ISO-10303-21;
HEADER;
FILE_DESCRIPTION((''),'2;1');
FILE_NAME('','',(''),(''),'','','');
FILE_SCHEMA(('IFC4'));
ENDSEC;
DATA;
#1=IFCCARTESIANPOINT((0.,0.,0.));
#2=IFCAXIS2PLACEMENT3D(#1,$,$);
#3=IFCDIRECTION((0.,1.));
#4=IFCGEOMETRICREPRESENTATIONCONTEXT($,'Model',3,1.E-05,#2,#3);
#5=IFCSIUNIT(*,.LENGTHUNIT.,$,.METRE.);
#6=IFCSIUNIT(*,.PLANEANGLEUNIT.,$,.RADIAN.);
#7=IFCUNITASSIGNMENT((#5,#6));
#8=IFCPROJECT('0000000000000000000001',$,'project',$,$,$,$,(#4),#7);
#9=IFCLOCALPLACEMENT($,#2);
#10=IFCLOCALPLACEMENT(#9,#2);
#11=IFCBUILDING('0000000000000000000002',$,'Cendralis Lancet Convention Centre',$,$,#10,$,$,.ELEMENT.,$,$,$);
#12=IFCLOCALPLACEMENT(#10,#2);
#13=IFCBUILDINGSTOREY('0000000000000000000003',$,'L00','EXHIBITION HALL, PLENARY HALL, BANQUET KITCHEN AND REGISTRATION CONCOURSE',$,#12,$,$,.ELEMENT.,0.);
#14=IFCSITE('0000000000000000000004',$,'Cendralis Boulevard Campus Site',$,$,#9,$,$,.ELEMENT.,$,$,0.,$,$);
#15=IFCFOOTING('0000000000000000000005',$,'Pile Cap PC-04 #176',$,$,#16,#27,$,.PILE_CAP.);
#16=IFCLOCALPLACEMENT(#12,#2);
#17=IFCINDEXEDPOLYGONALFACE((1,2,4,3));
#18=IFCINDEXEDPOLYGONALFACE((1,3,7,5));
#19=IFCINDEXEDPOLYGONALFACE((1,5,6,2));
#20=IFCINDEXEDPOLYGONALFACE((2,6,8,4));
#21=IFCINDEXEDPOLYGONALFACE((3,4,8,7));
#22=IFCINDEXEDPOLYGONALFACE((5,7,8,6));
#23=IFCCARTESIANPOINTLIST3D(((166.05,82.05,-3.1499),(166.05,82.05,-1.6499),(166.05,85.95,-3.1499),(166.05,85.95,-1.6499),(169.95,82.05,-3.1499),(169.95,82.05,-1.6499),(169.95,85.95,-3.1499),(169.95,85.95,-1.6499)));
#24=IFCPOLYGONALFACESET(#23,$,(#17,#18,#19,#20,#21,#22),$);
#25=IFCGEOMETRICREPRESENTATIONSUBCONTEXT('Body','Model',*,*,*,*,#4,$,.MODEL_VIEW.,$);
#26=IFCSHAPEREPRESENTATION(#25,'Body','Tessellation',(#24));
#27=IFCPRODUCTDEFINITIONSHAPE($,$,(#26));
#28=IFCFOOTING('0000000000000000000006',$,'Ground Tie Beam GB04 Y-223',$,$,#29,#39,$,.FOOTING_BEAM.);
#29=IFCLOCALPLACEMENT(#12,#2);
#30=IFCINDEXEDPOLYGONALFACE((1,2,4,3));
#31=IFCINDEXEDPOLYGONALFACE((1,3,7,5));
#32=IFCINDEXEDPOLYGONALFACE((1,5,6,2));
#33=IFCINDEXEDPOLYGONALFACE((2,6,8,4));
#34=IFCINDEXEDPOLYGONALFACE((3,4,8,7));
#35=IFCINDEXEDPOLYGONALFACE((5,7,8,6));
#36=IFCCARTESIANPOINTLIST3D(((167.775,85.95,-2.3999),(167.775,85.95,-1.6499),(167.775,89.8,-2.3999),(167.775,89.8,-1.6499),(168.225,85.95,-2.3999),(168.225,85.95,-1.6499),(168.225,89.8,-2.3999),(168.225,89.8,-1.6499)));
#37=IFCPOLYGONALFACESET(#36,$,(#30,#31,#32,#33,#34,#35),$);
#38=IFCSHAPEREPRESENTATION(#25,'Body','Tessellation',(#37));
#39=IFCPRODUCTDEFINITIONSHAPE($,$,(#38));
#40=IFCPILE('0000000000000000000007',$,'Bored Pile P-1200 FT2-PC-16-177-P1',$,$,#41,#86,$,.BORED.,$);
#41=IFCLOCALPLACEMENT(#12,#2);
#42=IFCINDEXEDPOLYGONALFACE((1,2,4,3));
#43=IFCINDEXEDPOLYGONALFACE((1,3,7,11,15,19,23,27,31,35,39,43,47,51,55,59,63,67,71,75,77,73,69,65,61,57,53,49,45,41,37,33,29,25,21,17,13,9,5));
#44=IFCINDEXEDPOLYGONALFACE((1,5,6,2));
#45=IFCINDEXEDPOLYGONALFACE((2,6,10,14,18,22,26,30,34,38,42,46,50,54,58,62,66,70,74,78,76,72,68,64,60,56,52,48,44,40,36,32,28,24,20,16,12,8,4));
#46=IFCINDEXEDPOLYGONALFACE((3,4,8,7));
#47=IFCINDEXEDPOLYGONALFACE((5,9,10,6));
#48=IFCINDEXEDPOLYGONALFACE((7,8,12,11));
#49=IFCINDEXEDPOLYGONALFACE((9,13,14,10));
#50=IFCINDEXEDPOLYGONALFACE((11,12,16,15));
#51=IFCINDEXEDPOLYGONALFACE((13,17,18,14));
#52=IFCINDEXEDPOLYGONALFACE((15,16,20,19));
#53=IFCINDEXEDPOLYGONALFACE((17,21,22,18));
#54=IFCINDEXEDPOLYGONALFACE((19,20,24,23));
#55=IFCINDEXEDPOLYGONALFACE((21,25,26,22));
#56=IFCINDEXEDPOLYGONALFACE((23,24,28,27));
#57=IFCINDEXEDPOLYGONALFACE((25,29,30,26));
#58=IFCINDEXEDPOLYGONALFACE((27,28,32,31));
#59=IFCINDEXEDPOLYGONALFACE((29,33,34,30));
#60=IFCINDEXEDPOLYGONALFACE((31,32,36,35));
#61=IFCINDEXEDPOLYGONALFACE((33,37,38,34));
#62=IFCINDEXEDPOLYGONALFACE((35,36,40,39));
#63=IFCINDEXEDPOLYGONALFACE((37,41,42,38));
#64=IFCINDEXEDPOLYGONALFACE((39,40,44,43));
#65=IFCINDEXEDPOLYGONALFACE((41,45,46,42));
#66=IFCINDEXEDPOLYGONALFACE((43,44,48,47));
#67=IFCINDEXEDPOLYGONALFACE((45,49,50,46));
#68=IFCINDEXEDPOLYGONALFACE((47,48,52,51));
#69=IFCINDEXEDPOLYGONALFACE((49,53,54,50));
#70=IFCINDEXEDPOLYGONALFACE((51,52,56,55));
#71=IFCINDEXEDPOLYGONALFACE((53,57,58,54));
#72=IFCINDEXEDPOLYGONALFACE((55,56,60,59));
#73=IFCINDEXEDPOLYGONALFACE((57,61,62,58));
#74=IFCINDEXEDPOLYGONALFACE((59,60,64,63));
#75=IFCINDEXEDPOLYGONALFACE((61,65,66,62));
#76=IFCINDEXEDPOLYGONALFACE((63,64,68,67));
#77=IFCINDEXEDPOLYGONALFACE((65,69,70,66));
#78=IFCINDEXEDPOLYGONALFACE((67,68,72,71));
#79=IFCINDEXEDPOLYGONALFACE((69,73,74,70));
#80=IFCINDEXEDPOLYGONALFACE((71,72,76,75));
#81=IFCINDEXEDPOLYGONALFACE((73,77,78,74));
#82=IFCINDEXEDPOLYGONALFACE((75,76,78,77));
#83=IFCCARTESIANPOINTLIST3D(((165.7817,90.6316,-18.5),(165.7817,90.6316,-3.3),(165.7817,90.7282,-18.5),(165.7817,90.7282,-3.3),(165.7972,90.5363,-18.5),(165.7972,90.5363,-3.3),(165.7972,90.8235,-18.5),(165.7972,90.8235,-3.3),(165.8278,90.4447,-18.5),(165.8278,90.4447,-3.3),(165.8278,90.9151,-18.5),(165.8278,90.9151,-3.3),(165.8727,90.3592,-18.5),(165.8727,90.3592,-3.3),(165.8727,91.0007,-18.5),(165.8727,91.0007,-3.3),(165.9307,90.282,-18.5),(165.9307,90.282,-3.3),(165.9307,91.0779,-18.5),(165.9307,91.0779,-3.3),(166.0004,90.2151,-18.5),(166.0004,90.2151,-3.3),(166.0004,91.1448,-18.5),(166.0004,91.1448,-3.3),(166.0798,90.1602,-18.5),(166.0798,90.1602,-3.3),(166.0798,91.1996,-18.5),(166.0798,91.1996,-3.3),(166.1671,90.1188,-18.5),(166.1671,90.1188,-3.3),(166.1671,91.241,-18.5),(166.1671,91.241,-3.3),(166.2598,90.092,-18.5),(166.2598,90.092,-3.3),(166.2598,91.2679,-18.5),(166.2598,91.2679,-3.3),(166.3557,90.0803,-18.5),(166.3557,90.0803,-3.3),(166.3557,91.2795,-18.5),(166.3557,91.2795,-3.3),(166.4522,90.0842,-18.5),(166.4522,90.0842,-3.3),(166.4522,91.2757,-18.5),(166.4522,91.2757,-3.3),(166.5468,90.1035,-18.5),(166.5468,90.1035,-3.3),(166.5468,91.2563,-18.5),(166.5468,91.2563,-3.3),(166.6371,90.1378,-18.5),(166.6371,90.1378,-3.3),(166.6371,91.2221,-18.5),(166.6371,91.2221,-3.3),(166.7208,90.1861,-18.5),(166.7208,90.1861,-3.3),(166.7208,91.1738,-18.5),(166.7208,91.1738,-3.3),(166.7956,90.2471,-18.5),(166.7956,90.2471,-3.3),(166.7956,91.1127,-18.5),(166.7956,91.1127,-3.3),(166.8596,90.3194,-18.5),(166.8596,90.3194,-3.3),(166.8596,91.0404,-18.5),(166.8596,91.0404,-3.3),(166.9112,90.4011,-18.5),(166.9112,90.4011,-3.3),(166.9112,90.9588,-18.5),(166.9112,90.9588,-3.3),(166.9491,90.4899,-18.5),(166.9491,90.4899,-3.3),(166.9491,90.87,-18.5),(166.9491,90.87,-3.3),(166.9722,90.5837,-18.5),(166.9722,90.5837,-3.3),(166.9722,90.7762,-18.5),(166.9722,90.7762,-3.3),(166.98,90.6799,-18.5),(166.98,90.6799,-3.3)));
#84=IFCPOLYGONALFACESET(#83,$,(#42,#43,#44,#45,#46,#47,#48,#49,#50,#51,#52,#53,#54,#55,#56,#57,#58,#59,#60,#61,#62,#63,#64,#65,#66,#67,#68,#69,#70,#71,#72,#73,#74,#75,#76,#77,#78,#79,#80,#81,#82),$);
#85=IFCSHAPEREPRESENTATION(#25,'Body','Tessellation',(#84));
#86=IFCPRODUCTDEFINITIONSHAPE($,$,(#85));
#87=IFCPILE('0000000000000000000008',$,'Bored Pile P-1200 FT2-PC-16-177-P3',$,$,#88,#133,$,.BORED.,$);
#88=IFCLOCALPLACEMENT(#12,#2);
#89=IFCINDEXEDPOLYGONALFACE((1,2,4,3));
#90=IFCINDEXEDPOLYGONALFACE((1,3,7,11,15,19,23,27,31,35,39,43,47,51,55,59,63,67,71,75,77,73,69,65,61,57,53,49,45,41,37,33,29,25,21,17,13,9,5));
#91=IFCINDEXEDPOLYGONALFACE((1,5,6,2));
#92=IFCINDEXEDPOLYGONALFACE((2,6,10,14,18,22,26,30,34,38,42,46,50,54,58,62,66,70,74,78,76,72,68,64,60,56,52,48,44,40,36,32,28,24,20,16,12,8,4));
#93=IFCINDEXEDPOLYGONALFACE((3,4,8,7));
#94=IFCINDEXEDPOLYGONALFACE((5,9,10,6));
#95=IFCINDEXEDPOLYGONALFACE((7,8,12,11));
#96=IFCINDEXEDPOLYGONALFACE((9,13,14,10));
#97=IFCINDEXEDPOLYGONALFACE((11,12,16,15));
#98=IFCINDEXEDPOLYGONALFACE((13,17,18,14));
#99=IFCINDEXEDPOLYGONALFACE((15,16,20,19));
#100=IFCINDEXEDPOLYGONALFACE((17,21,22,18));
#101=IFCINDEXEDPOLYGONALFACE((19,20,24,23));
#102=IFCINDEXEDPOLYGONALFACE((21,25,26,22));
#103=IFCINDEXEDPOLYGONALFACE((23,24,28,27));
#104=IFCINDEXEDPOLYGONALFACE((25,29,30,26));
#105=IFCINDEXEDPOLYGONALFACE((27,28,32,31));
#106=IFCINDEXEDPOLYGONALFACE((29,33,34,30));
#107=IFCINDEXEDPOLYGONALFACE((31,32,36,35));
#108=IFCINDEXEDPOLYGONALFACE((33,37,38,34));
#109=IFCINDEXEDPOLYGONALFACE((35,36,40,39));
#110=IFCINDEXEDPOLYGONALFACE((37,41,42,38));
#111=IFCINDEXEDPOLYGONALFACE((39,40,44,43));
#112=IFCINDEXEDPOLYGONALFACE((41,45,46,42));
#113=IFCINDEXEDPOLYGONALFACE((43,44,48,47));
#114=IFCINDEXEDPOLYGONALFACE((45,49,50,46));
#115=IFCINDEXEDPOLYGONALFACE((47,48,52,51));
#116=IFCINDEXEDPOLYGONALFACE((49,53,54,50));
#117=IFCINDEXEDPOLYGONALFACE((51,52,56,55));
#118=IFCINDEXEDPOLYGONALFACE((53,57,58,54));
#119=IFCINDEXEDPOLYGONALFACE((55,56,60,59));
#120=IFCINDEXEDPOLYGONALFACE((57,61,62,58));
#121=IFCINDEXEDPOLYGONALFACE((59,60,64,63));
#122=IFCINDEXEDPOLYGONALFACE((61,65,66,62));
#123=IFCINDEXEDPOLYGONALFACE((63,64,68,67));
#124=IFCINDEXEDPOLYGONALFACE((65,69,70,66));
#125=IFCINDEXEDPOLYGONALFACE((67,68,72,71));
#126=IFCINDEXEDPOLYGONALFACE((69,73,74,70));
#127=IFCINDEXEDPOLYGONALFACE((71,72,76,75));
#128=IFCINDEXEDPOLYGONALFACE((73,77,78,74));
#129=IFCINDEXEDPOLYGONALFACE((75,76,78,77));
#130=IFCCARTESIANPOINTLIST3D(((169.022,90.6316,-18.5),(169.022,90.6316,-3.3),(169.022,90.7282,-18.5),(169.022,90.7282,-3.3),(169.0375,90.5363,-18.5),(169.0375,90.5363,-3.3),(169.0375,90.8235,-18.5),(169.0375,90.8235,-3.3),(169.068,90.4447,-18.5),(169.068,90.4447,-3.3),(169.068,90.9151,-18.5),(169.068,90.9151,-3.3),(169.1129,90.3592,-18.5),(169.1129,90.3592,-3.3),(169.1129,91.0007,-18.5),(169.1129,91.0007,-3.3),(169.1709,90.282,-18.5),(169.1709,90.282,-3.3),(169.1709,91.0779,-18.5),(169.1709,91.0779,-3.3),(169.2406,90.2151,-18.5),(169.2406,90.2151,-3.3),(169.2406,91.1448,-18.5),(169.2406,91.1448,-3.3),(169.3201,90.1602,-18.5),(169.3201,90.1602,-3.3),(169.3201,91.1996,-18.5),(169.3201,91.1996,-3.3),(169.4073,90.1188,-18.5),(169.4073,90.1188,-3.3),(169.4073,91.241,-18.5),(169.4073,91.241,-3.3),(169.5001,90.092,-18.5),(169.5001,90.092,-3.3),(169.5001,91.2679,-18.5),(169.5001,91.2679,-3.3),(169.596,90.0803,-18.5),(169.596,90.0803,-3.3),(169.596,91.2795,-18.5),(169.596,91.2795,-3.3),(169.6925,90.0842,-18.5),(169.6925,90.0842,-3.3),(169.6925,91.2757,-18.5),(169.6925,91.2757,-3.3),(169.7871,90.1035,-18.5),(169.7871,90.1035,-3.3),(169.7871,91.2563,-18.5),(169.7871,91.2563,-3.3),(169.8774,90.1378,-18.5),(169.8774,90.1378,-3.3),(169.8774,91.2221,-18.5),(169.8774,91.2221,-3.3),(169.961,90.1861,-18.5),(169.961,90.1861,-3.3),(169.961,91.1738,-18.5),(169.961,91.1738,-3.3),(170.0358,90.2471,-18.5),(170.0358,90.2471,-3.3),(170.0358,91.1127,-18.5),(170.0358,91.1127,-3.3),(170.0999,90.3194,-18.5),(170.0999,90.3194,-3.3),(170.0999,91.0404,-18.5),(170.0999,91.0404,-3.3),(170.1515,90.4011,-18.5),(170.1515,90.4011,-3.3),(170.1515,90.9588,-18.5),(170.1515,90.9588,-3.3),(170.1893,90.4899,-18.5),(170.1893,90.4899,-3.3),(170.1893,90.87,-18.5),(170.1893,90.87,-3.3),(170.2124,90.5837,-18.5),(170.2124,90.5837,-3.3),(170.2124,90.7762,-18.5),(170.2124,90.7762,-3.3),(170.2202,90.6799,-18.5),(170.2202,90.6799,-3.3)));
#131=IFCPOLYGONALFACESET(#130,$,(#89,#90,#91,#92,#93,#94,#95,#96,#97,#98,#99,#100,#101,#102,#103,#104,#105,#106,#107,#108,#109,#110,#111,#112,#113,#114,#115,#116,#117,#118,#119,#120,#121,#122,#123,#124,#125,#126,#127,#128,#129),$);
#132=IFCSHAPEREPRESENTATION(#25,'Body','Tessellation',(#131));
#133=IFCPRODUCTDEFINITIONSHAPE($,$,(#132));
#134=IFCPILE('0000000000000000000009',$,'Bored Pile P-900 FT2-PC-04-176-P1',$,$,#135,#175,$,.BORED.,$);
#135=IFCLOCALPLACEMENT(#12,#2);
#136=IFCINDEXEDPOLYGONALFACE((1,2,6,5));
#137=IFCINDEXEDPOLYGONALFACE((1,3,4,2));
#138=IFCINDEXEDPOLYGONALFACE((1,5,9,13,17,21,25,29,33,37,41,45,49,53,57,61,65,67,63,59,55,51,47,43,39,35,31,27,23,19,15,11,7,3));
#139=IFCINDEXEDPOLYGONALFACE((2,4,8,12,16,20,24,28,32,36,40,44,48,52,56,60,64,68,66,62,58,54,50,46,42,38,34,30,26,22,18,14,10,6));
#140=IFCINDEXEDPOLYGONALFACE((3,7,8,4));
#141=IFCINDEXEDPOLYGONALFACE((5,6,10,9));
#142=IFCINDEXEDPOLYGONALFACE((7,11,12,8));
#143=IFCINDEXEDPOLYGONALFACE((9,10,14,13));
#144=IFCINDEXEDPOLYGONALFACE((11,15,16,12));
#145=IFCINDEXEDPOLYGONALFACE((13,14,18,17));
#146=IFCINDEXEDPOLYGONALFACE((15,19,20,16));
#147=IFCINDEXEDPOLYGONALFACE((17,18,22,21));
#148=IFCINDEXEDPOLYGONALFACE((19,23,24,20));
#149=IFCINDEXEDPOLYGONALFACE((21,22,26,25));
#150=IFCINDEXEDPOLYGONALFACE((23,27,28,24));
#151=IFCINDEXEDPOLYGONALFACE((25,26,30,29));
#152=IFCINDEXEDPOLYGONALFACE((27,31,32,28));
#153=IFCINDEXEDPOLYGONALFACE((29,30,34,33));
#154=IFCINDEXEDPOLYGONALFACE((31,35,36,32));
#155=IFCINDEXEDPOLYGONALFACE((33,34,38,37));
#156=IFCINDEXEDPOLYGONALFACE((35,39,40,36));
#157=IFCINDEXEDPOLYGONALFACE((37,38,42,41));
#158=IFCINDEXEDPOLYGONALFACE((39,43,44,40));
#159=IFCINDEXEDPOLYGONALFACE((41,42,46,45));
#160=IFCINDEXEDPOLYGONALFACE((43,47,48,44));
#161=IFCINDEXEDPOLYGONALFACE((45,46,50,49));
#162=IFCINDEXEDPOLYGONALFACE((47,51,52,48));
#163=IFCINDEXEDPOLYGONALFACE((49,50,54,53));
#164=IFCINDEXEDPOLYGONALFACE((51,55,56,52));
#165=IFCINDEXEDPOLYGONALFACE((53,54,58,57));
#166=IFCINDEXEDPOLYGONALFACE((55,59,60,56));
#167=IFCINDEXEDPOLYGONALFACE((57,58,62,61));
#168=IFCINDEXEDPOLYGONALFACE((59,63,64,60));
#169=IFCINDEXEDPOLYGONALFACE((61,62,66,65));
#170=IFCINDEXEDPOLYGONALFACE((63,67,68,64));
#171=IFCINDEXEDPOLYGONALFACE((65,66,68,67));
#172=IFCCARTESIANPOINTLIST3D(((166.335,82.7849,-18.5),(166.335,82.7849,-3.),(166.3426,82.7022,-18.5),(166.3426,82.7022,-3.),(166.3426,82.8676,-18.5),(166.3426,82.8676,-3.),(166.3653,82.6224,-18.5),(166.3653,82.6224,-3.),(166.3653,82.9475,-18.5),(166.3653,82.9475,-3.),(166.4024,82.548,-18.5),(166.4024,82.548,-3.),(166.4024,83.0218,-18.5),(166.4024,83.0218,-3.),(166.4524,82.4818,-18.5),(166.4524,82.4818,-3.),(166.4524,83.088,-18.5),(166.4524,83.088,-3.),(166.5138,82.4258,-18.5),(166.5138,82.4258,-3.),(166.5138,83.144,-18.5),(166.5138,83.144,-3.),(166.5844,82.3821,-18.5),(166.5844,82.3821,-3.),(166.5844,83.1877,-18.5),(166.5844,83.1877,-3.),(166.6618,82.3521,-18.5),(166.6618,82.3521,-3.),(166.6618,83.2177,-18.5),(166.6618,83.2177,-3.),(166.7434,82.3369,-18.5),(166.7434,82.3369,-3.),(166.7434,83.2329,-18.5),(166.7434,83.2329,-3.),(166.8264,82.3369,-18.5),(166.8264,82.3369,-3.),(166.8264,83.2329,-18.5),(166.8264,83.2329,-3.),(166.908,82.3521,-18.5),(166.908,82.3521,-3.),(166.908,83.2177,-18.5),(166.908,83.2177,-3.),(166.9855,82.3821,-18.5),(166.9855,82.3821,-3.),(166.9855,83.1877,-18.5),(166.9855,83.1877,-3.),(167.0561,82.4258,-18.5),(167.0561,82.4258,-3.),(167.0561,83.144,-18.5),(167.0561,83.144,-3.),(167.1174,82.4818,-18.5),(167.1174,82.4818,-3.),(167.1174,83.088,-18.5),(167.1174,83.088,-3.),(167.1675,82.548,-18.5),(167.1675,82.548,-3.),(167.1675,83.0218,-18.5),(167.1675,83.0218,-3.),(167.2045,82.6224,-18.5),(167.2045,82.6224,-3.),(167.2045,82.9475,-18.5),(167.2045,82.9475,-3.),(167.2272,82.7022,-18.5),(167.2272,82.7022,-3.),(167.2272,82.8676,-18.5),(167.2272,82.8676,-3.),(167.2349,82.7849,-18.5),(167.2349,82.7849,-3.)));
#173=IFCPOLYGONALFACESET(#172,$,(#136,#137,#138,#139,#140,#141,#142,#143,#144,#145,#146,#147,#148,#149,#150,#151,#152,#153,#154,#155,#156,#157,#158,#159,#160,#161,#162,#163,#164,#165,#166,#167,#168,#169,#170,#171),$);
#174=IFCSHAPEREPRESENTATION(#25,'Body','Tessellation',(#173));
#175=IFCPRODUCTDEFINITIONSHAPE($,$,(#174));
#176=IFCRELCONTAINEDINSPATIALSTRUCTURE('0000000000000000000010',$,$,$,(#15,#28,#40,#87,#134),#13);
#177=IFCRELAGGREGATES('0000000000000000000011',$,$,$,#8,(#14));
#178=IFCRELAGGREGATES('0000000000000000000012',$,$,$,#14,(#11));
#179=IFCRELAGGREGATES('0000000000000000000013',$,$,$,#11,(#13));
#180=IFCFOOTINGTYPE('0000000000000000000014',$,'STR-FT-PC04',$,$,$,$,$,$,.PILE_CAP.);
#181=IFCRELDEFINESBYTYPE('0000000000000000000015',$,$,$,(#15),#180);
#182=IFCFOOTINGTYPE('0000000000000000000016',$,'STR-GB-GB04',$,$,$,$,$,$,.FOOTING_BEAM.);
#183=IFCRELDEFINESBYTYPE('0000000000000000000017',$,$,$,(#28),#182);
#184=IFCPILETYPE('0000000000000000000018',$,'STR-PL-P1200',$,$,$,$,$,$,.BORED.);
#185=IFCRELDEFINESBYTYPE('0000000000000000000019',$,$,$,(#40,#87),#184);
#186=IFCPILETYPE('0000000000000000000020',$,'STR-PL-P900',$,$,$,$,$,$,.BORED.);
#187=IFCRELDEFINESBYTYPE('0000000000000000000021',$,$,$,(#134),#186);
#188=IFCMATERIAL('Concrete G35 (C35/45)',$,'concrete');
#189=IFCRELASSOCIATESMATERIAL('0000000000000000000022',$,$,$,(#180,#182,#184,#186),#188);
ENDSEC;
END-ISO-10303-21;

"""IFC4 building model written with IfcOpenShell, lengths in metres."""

from ifc_helpers import new_model, si_unit, direction, frame, origin, origin_2d, place, context, subcontext, project, spatial, rectangle, circle, extrude, material, material_profile, profile_set, type_object, element, save


model = new_model("IFC4")

# Units and contexts
model_context = context("Model", 3, precision=1e-05, world=origin(), true_north=direction((0.0, 1.0)))
body_context = subcontext(model_context, "Body", "Model", "MODEL_VIEW")
ifc_project = project(units=[si_unit("LENGTHUNIT", "METRE"), si_unit("PLANEANGLEUNIT", "RADIAN")], contexts=[model_context])

# Site, building, storey
site_placement = place(None, origin())
site = spatial("IfcSite", under=ifc_project, at=site_placement, Name="Cendralis Boulevard Campus Site", CompositionType="ELEMENT", RefElevation=0.0)
building_placement = place(site_placement, origin())
building = spatial("IfcBuilding", under=site, at=building_placement, Name="Cendralis Lancet Convention Centre", CompositionType="ELEMENT")
storey_placement = place(building_placement, origin())
storey = spatial("IfcBuildingStorey", under=building, at=storey_placement, Name="L00", Description="EXHIBITION HALL, PLENARY HALL, BANQUET KITCHEN AND REGISTRATION CONCOURSE", CompositionType="ELEMENT", Elevation=0.0)

# Footings
ifc_material_1 = material(Name="Concrete G35 (C35/45)", Category="concrete")
footing_type_1 = type_object("IfcFootingType", Name="STR-FT-PC04", PredefinedType="PILE_CAP", material=ifc_material_1)
footing_1_placement = place(storey_placement, frame((168.0, 84.0, -3.1499), z_axis=(0.0, 0.0, 1.0), x_axis=(1.0, 0.0, 0.0)))
element("IfcFooting", 1, at=footing_1_placement, inside=storey, type_object=footing_type_1, Name="Pile Cap PC-04 #176", PredefinedType="PILE_CAP", context=body_context, shape_type="SweptSolid", body=[
    extrude(rectangle(XDim=3.8999, YDim=3.8999, at=origin_2d()), origin(), (0.0, 0.0, 1.0), 1.5),
])
ifc_material_profile_1 = material_profile(ifc_material_1, rectangle(XDim=0.45, YDim=0.75, at=origin_2d()), Name="RCB 450x750")
ifc_profile_set_1 = profile_set([ifc_material_profile_1], Name="Concrete G35 (C35/45)")
footing_type_2 = type_object("IfcFootingType", Name="STR-GB-GB04", PredefinedType="FOOTING_BEAM", material=ifc_profile_set_1)
footing_2_placement = place(storey_placement, frame((168.0, 85.95, -2.0249), z_axis=(0.0, 1.0, 0.0), x_axis=(-1.0, 0.0, 0.0)))
element("IfcFooting", 2, at=footing_2_placement, inside=storey, type_object=footing_type_2, Name="Ground Tie Beam GB04 Y-223", PredefinedType="FOOTING_BEAM", context=body_context, shape_type="SweptSolid", body=[
    extrude(rectangle(XDim=0.45, YDim=0.75, at=origin_2d()), origin(), (0.0, 0.0, 1.0), 3.8501),
])

# Piles
ifc_material_profile_2 = material_profile(ifc_material_1, circle(Radius=0.6001, at=origin_2d()), Name="BORED PILE D1200")
ifc_profile_set_2 = profile_set([ifc_material_profile_2], Name="Concrete G35 (C35/45)")
pile_type_1 = type_object("IfcPileType", Name="STR-PL-P1200", PredefinedType="BORED", material=ifc_profile_set_2)
for number, where, z_axis, x_axis, name in (
    (3, (166.3799, 90.6799, -3.3), (0.0, 0.0, -1.0), (1.0, 0.0, 0.0), "Bored Pile P-1200 FT2-PC-16-177-P1"),
    (4, (169.6201, 90.6799, -3.3), (0.0, 0.0, -1.0), (1.0, 0.0, 0.0), "Bored Pile P-1200 FT2-PC-16-177-P3"),
):
    element("IfcPile", number, at=place(storey_placement, frame(where, z_axis=z_axis, x_axis=x_axis)), inside=storey, type_object=pile_type_1, Name=name, PredefinedType="BORED", context=body_context, shape_type="SweptSolid", body=[
        extrude(circle(Radius=0.6001, at=origin_2d()), origin(), (0.0, 0.0, 1.0), 15.2),
    ])
ifc_material_profile_3 = material_profile(ifc_material_1, circle(Radius=0.45, at=origin_2d()), Name="BORED PILE D900")
ifc_profile_set_3 = profile_set([ifc_material_profile_3], Name="Concrete G35 (C35/45)")
pile_type_2 = type_object("IfcPileType", Name="STR-PL-P900", PredefinedType="BORED", material=ifc_profile_set_3)
for number, where, z_axis, x_axis, name in (
    (5, (166.7849, 82.7849, -3.0), (0.0, 0.0, -1.0), (1.0, 0.0, 0.0), "Bored Pile P-900 FT2-PC-04-176-P1"),
):
    element("IfcPile", number, at=place(storey_placement, frame(where, z_axis=z_axis, x_axis=x_axis)), inside=storey, type_object=pile_type_2, Name=name, PredefinedType="BORED", context=body_context, shape_type="SweptSolid", body=[
        extrude(circle(Radius=0.45, at=origin_2d()), origin(), (0.0, 0.0, 1.0), 15.5),
    ])

save(model, "model.ifc")
